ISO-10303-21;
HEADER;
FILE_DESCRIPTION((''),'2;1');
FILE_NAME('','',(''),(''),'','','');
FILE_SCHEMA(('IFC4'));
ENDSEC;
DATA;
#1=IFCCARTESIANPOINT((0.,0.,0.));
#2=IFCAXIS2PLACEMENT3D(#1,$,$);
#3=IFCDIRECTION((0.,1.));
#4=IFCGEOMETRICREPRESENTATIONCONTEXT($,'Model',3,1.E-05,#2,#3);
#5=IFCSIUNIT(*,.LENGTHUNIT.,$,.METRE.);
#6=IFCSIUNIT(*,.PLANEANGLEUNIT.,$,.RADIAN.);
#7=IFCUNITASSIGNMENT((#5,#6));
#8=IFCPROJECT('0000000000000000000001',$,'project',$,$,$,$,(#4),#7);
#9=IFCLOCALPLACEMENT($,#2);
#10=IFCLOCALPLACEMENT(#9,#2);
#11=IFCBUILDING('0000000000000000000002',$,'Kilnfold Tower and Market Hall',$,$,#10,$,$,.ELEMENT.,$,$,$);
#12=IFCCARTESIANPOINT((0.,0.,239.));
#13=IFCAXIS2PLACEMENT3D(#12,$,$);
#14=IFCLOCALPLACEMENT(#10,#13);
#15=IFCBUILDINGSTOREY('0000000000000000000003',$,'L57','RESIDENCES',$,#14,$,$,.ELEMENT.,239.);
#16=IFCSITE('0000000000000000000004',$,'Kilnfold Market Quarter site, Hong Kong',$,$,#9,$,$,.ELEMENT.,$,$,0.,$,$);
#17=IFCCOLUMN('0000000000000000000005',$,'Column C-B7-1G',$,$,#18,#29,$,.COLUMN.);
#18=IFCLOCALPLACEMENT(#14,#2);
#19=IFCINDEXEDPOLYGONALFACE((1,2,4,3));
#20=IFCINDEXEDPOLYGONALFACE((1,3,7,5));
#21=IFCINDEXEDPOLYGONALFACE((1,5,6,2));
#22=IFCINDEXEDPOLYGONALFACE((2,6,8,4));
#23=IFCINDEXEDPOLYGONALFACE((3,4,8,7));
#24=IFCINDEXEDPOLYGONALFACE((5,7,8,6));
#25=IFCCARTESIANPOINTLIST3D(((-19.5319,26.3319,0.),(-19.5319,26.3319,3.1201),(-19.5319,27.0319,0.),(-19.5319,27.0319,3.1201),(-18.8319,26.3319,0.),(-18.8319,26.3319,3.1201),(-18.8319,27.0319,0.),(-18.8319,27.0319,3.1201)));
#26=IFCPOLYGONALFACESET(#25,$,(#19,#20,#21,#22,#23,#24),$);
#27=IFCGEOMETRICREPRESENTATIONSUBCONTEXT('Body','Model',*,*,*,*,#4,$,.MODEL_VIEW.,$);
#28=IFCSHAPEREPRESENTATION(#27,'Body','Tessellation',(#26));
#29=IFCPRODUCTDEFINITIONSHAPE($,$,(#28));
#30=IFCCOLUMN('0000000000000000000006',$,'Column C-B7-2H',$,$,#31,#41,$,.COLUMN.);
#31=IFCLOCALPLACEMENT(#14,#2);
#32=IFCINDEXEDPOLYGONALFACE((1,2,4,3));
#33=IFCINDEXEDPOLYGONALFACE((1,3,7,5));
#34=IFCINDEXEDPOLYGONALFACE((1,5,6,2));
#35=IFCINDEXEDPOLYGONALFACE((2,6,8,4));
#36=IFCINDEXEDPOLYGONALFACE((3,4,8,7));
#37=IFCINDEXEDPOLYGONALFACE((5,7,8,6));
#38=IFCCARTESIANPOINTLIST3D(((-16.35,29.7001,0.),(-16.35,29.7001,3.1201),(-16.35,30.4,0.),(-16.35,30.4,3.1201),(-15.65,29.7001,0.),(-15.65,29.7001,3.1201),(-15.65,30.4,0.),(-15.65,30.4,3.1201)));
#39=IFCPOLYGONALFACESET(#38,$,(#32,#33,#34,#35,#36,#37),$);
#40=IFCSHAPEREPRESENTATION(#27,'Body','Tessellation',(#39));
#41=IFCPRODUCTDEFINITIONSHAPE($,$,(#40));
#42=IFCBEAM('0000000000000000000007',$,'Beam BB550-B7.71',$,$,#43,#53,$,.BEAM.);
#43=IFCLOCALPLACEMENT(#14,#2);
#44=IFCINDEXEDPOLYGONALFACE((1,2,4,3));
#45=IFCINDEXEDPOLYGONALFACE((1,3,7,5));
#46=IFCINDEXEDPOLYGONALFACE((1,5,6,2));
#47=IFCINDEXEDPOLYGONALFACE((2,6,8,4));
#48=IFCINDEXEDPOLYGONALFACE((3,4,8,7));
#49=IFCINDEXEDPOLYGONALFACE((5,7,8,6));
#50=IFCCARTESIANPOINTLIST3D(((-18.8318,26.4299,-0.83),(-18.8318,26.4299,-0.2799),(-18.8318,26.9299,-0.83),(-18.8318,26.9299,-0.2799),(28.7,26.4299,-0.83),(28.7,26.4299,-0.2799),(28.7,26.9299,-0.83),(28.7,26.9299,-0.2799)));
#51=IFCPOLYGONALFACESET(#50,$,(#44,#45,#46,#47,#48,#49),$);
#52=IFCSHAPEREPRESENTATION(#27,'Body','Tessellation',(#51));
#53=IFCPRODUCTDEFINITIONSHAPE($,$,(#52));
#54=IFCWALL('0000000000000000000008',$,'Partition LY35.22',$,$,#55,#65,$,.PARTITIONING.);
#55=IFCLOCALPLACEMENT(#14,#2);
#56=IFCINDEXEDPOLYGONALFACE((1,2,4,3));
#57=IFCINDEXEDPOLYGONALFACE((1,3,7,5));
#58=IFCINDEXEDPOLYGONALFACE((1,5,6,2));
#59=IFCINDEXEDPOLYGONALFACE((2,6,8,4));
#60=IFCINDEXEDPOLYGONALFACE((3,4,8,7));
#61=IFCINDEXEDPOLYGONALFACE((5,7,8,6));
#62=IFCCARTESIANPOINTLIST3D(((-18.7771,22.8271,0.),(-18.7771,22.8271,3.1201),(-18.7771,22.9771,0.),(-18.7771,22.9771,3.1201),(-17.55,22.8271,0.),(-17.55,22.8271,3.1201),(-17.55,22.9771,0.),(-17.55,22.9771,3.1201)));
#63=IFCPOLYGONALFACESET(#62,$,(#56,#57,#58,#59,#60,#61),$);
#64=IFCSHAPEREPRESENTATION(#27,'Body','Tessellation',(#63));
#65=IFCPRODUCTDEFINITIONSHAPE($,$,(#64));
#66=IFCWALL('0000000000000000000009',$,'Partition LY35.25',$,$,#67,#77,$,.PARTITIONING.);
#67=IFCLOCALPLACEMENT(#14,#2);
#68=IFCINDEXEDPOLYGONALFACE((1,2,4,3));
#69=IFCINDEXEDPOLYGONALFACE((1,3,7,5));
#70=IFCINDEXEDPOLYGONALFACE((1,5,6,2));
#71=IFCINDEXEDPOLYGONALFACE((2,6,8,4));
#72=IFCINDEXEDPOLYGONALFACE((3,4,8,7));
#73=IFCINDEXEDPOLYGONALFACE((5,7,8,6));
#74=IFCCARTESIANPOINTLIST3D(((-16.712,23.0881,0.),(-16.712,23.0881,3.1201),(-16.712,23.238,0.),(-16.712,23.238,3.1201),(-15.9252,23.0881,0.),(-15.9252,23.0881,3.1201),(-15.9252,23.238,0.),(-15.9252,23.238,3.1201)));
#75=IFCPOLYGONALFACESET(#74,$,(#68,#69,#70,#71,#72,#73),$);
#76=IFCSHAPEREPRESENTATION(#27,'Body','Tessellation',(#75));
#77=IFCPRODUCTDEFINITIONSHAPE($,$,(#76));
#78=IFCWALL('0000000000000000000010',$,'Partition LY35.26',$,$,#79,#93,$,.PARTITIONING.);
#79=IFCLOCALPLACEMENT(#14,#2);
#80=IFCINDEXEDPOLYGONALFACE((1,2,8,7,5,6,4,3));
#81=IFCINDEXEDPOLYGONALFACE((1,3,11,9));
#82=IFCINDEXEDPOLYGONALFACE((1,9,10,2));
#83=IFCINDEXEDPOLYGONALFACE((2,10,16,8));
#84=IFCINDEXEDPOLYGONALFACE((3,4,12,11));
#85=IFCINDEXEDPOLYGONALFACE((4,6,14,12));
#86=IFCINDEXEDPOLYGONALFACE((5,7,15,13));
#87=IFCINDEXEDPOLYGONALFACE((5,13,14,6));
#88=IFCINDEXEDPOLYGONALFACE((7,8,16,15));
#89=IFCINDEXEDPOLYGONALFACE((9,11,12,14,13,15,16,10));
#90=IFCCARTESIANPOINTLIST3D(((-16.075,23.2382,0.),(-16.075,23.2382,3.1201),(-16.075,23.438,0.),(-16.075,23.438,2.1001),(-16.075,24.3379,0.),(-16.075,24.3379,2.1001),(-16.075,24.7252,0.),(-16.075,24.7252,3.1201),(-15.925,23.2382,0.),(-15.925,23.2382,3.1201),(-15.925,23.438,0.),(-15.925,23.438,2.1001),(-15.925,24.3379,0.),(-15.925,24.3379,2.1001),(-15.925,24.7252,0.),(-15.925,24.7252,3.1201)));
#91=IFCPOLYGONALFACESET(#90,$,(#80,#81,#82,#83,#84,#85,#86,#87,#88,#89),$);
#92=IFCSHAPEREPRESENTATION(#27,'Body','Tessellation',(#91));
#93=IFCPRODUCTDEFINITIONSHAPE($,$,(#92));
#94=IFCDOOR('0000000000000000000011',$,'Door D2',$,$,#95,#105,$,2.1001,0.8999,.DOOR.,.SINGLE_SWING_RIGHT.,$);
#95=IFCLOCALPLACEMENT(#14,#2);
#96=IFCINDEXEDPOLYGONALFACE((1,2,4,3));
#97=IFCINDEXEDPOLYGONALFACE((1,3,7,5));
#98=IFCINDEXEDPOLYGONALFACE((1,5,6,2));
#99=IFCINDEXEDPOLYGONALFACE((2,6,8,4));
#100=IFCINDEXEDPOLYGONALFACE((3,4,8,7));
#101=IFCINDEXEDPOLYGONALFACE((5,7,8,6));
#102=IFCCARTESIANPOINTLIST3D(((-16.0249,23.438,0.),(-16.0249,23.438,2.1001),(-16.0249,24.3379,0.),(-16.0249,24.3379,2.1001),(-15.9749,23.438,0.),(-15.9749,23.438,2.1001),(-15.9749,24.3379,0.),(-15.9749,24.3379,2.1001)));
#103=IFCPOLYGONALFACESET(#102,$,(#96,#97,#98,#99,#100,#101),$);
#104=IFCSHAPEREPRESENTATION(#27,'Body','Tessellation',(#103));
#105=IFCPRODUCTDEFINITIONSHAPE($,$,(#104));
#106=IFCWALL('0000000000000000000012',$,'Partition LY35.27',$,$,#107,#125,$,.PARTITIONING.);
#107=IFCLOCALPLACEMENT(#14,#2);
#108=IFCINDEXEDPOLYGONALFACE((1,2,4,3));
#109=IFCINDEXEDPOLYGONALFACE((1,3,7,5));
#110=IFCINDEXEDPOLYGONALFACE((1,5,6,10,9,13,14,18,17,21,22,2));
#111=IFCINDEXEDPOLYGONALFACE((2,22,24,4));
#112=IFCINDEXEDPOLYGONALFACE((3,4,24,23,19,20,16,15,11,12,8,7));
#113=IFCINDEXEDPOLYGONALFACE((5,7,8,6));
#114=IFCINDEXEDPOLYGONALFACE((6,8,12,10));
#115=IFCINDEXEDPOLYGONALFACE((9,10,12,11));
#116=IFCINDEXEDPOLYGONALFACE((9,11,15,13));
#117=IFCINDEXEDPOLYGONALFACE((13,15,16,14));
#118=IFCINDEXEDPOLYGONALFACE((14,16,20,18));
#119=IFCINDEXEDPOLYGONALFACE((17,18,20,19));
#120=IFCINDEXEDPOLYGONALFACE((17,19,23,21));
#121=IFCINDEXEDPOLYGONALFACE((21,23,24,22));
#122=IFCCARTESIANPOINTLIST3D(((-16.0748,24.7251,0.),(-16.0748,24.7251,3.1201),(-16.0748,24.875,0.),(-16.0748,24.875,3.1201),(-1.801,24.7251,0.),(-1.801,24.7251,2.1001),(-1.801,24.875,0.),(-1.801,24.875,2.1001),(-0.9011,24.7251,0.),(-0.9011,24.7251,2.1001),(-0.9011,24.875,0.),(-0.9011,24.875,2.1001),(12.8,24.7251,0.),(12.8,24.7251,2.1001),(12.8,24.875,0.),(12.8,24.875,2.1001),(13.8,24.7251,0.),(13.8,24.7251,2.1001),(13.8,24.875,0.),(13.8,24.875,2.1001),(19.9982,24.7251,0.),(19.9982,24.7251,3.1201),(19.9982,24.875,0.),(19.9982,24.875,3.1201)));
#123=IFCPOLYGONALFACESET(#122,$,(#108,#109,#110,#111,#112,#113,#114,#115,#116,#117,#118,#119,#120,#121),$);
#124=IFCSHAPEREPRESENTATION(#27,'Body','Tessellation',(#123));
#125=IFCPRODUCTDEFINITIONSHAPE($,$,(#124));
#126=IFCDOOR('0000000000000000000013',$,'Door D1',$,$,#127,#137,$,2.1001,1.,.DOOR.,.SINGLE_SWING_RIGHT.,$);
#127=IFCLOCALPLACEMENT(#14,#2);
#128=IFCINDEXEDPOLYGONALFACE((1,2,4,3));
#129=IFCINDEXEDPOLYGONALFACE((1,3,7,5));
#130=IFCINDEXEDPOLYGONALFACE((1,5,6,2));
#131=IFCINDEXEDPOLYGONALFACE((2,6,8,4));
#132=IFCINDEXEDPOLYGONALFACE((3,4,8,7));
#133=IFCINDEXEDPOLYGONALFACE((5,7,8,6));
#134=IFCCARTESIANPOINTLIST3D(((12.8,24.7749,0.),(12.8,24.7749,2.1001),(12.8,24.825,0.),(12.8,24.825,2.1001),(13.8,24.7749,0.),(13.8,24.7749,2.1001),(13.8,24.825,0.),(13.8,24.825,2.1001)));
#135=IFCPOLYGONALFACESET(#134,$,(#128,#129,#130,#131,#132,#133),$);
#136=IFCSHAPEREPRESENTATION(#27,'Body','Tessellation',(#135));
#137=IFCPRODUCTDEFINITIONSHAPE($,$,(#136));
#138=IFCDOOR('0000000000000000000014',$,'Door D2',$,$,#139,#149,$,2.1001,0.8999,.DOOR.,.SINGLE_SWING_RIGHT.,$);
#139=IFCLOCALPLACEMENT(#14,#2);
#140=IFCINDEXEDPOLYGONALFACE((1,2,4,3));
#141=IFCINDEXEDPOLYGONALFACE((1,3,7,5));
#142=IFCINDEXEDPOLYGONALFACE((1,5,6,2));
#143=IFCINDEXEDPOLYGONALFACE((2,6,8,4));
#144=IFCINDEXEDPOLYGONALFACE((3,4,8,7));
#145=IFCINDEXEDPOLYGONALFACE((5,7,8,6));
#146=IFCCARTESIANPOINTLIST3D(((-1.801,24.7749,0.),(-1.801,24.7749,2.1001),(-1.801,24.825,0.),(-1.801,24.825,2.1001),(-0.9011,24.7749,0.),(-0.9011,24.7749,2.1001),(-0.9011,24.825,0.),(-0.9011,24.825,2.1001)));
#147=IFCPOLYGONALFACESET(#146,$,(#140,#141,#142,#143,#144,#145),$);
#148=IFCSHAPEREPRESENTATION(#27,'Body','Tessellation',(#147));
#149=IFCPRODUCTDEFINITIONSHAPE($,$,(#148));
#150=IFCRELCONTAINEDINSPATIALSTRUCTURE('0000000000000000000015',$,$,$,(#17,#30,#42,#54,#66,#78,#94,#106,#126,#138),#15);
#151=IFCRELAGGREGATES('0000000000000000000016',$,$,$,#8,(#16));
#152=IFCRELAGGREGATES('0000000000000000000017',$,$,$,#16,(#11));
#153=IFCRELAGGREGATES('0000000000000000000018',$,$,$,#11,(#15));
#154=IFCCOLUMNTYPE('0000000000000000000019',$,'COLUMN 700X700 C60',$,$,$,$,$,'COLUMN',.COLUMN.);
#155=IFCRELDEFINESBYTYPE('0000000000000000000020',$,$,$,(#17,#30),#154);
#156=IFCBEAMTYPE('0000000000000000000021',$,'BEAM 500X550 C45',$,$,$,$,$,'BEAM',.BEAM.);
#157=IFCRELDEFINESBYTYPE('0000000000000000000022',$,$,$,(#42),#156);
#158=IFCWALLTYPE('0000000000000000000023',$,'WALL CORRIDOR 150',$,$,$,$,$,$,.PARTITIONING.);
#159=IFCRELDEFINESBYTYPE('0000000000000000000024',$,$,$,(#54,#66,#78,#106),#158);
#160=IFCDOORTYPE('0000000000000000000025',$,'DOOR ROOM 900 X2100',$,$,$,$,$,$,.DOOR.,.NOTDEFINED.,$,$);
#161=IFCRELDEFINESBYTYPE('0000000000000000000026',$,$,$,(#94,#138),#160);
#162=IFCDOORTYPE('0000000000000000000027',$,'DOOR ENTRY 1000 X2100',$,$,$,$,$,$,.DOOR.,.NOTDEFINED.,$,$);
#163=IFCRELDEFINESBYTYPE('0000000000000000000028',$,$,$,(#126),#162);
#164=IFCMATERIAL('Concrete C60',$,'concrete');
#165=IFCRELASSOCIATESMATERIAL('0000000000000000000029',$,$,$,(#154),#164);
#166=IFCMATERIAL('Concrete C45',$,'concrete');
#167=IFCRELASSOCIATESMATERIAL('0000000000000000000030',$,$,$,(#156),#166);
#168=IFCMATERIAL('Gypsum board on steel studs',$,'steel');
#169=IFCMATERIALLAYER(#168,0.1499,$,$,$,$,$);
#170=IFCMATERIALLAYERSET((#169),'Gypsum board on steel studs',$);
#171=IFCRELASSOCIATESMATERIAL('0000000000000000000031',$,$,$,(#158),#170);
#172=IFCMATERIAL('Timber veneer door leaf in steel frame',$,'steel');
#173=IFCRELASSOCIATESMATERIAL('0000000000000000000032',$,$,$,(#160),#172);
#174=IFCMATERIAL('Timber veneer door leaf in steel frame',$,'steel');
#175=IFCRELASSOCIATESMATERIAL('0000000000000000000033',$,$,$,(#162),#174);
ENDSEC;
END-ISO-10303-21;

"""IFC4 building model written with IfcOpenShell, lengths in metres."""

from ifc_helpers import new_model, si_unit, direction, frame, frame_2d, origin, origin_2d, place, context, subcontext, project, spatial, rectangle, extrude, source, transform, mapped, material, layer, layer_set, material_profile, profile_set, type_object, element, fill, save


model = new_model("IFC4")

# Units and contexts
model_context = context("Model", 3, precision=1e-05, world=origin(), true_north=direction((0.0, 1.0)))
body_context = subcontext(model_context, "Body", "Model", "MODEL_VIEW")
ifc_project = project(units=[si_unit("LENGTHUNIT", "METRE"), si_unit("PLANEANGLEUNIT", "RADIAN")], contexts=[model_context])

# Site, building, storey
site_placement = place(None, origin())
site = spatial("IfcSite", under=ifc_project, at=site_placement, Name="Kilnfold Market Quarter site, Hong Kong", CompositionType="ELEMENT", RefElevation=0.0)
building_placement = place(site_placement, origin())
building = spatial("IfcBuilding", under=site, at=building_placement, Name="Kilnfold Tower and Market Hall", CompositionType="ELEMENT")
storey_placement = place(building_placement, frame((0.0, 0.0, 239.0)))
storey = spatial("IfcBuildingStorey", under=building, at=storey_placement, Name="L57", Description="RESIDENCES", CompositionType="ELEMENT", Elevation=239.0)

# Columns
ifc_material_1 = material(Name="Concrete C60", Category="concrete")
ifc_material_profile_1 = material_profile(ifc_material_1, rectangle(XDim=0.7, YDim=0.7, at=origin_2d()), Name="RC 700x700")
ifc_profile_set_1 = profile_set([ifc_material_profile_1], Name="Concrete C60")
column_type = type_object("IfcColumnType", Name="COLUMN 700X700 C60", ElementType="COLUMN", PredefinedType="COLUMN", material=ifc_profile_set_1)
shared_shape_1 = source(origin(), body_context, "Body", "SweptSolid", [
    extrude(rectangle(XDim=0.7, YDim=0.7, at=origin_2d()), origin(), (0.0, 0.0, 1.0), 3.1201),
])
for number, where, z_axis, x_axis, name in (
    (1, (-19.1819, 26.6819, 0.0), (0.0, 0.0, 1.0), (1.0, 0.0, 0.0), "Column C-B7-1G"),
    (2, (-16.0, 30.05, 0.0), (0.0, 0.0, 1.0), (1.0, 0.0, 0.0), "Column C-B7-2H"),
):
    element("IfcColumn", number, at=place(storey_placement, frame(where, z_axis=z_axis, x_axis=x_axis)), inside=storey, type_object=column_type, Name=name, PredefinedType="COLUMN", context=body_context, shape_type="MappedRepresentation", body=[
        mapped(shared_shape_1, transform((0.0, 0.0, 0.0))),
    ])

# Beam
ifc_material_2 = material(Name="Concrete C45", Category="concrete")
ifc_material_profile_2 = material_profile(ifc_material_2, rectangle(XDim=0.5, YDim=0.55, at=origin_2d()), Name="RC 500x550")
ifc_profile_set_2 = profile_set([ifc_material_profile_2], Name="Concrete C45")
beam_type = type_object("IfcBeamType", Name="BEAM 500X550 C45", ElementType="BEAM", PredefinedType="BEAM", material=ifc_profile_set_2)
shared_shape_2 = source(origin(), body_context, "Body", "SweptSolid", [
    extrude(rectangle(XDim=0.5, YDim=0.55, at=origin_2d()), origin(), (0.0, 0.0, 1.0), 47.5317),
])
beam_placement = place(storey_placement, frame((-18.8318, 26.6799, -0.5549), z_axis=(1.0, 0.0, 0.0), x_axis=(0.0, 1.0, 0.0)))
element("IfcBeam", 3, at=beam_placement, inside=storey, type_object=beam_type, Name="Beam BB550-B7.71", PredefinedType="BEAM", context=body_context, shape_type="MappedRepresentation", body=[
    mapped(shared_shape_2, transform((0.0, 0.0, 0.0))),
])

# Walls
ifc_material_3 = material(Name="Gypsum board on steel studs", Category="steel")
ifc_layer_1 = layer(ifc_material_3, 0.1499)
ifc_layer_set_1 = layer_set([ifc_layer_1], Name="Gypsum board on steel studs")
wall_type_1 = type_object("IfcWallType", Name="WALL CORRIDOR 150", PredefinedType="PARTITIONING", material=ifc_layer_set_1)
wall_1_placement = place(storey_placement, frame((-17.55, 22.9021, 0.0), z_axis=(0.0, 0.0, 1.0), x_axis=(-1.0, 0.0, 0.0)))
element("IfcWall", 4, at=wall_1_placement, inside=storey, type_object=wall_type_1, Name="Partition LY35.22", PredefinedType="PARTITIONING", context=body_context, shape_type="SweptSolid", body=[
    extrude(rectangle(XDim=1.2271, YDim=0.1499, at=frame_2d((0.6135, 0.0))), origin(), (0.0, 0.0, 1.0), 3.1201),
])
wall_2_placement = place(storey_placement, frame((-15.925, 23.1631, 0.0), z_axis=(0.0, 0.0, 1.0), x_axis=(-1.0, 0.0, 0.0)))
element("IfcWall", 5, at=wall_2_placement, inside=storey, type_object=wall_type_1, Name="Partition LY35.25", PredefinedType="PARTITIONING", context=body_context, shape_type="SweptSolid", body=[
    extrude(rectangle(XDim=0.7869, YDim=0.1499, at=frame_2d((0.3936, 0.0))), origin(), (0.0, 0.0, 1.0), 3.1201),
])

# Wall, opening, door
wall_3_placement = place(storey_placement, frame((-16.0, 23.238, 0.0), z_axis=(0.0, 0.0, 1.0), x_axis=(0.0, 1.0, 0.0)))
wall_3 = element("IfcWall", 6, at=wall_3_placement, inside=storey, type_object=wall_type_1, Name="Partition LY35.26", PredefinedType="PARTITIONING", context=body_context, shape_type="SweptSolid", body=[
    extrude(rectangle(XDim=1.4871, YDim=0.1499, at=frame_2d((0.7437, 0.0))), origin(), (0.0, 0.0, 1.0), 3.1201),
])
opening_1_placement = place(wall_3_placement, frame((0.2, 0.0, 0.0)))
opening_1 = element("IfcOpeningElement", 7, at=opening_1_placement, cuts=wall_3, PredefinedType="OPENING", context=body_context, shape_type="SweptSolid", body=[
    extrude(rectangle(XDim=0.8999, YDim=2.1001, at=frame_2d((0.45, 1.05))), frame((0.0, 0.085, 0.0), z_axis=(0.0, -1.0, 0.0), x_axis=(1.0, 0.0, 0.0)), (0.0, 0.0, 1.0), 0.1699),
])
ifc_material_4 = material(Name="Timber veneer door leaf in steel frame", Category="steel")
door_type_1 = type_object("IfcDoorType", Name="DOOR ROOM 900 X2100", OperationType="NOTDEFINED", PredefinedType="DOOR", material=ifc_material_4)
door_1_placement = place(opening_1_placement, origin())
door_1 = element("IfcDoor", 8, at=door_1_placement, inside=storey, type_object=door_type_1, Name="Door D2", OperationType="SINGLE_SWING_RIGHT", OverallHeight=2.1001, OverallWidth=0.8999, PredefinedType="DOOR", context=body_context, shape_type="SweptSolid", body=[
    extrude(rectangle(XDim=0.8999, YDim=2.1001, at=frame_2d((0.45, 1.05))), frame((0.0, 0.0249, 0.0), z_axis=(0.0, -1.0, 0.0), x_axis=(1.0, 0.0, 0.0)), (0.0, 0.0, 1.0), 0.05),
])
fill(opening_1, door_1)

# Wall, openings, doors
wall_4_placement = place(storey_placement, frame((-16.075, 24.8, 0.0), z_axis=(0.0, 0.0, 1.0), x_axis=(1.0, 0.0, 0.0)))
wall_4 = element("IfcWall", 9, at=wall_4_placement, inside=storey, type_object=wall_type_1, Name="Partition LY35.27", PredefinedType="PARTITIONING", context=body_context, shape_type="SweptSolid", body=[
    extrude(rectangle(XDim=36.073, YDim=0.1499, at=frame_2d((18.0366, 0.0))), origin(), (0.0, 0.0, 1.0), 3.1201),
])
opening_2_placement = place(wall_4_placement, frame((14.2739, 0.0, 0.0)))
opening_2 = element("IfcOpeningElement", 10, at=opening_2_placement, cuts=wall_4, PredefinedType="OPENING", context=body_context, shape_type="SweptSolid", body=[
    extrude(rectangle(XDim=0.8999, YDim=2.1001, at=frame_2d((0.45, 1.05))), frame((0.0, 0.085, 0.0), z_axis=(0.0, -1.0, 0.0), x_axis=(1.0, 0.0, 0.0)), (0.0, 0.0, 1.0), 0.1699),
])
opening_3_placement = place(wall_4_placement, frame((28.875, 0.0, 0.0)))
opening_3 = element("IfcOpeningElement", 11, at=opening_3_placement, cuts=wall_4, PredefinedType="OPENING", context=body_context, shape_type="SweptSolid", body=[
    extrude(rectangle(XDim=1.0, YDim=2.1001, at=frame_2d((0.5, 1.05))), frame((0.0, 0.085, 0.0), z_axis=(0.0, -1.0, 0.0), x_axis=(1.0, 0.0, 0.0)), (0.0, 0.0, 1.0), 0.1699),
])
ifc_material_5 = material(Name="Timber veneer door leaf in steel frame", Category="steel")
door_type_2 = type_object("IfcDoorType", Name="DOOR ENTRY 1000 X2100", OperationType="NOTDEFINED", PredefinedType="DOOR", material=ifc_material_5)
door_2_placement = place(opening_3_placement, origin())
door_2 = element("IfcDoor", 12, at=door_2_placement, inside=storey, type_object=door_type_2, Name="Door D1", OperationType="SINGLE_SWING_RIGHT", OverallHeight=2.1001, OverallWidth=1.0, PredefinedType="DOOR", context=body_context, shape_type="SweptSolid", body=[
    extrude(rectangle(XDim=1.0, YDim=2.1001, at=frame_2d((0.5, 1.05))), frame((0.0, 0.0249, 0.0), z_axis=(0.0, -1.0, 0.0), x_axis=(1.0, 0.0, 0.0)), (0.0, 0.0, 1.0), 0.05),
])
fill(opening_3, door_2)
door_3_placement = place(opening_2_placement, origin())
door_3 = element("IfcDoor", 13, at=door_3_placement, inside=storey, type_object=door_type_1, Name="Door D2", OperationType="SINGLE_SWING_RIGHT", OverallHeight=2.1001, OverallWidth=0.8999, PredefinedType="DOOR", context=body_context, shape_type="SweptSolid", body=[
    extrude(rectangle(XDim=0.8999, YDim=2.1001, at=frame_2d((0.45, 1.05))), frame((0.0, 0.0249, 0.0), z_axis=(0.0, -1.0, 0.0), x_axis=(1.0, 0.0, 0.0)), (0.0, 0.0, 1.0), 0.05),
])
fill(opening_2, door_3)

save(model, "model.ifc")
